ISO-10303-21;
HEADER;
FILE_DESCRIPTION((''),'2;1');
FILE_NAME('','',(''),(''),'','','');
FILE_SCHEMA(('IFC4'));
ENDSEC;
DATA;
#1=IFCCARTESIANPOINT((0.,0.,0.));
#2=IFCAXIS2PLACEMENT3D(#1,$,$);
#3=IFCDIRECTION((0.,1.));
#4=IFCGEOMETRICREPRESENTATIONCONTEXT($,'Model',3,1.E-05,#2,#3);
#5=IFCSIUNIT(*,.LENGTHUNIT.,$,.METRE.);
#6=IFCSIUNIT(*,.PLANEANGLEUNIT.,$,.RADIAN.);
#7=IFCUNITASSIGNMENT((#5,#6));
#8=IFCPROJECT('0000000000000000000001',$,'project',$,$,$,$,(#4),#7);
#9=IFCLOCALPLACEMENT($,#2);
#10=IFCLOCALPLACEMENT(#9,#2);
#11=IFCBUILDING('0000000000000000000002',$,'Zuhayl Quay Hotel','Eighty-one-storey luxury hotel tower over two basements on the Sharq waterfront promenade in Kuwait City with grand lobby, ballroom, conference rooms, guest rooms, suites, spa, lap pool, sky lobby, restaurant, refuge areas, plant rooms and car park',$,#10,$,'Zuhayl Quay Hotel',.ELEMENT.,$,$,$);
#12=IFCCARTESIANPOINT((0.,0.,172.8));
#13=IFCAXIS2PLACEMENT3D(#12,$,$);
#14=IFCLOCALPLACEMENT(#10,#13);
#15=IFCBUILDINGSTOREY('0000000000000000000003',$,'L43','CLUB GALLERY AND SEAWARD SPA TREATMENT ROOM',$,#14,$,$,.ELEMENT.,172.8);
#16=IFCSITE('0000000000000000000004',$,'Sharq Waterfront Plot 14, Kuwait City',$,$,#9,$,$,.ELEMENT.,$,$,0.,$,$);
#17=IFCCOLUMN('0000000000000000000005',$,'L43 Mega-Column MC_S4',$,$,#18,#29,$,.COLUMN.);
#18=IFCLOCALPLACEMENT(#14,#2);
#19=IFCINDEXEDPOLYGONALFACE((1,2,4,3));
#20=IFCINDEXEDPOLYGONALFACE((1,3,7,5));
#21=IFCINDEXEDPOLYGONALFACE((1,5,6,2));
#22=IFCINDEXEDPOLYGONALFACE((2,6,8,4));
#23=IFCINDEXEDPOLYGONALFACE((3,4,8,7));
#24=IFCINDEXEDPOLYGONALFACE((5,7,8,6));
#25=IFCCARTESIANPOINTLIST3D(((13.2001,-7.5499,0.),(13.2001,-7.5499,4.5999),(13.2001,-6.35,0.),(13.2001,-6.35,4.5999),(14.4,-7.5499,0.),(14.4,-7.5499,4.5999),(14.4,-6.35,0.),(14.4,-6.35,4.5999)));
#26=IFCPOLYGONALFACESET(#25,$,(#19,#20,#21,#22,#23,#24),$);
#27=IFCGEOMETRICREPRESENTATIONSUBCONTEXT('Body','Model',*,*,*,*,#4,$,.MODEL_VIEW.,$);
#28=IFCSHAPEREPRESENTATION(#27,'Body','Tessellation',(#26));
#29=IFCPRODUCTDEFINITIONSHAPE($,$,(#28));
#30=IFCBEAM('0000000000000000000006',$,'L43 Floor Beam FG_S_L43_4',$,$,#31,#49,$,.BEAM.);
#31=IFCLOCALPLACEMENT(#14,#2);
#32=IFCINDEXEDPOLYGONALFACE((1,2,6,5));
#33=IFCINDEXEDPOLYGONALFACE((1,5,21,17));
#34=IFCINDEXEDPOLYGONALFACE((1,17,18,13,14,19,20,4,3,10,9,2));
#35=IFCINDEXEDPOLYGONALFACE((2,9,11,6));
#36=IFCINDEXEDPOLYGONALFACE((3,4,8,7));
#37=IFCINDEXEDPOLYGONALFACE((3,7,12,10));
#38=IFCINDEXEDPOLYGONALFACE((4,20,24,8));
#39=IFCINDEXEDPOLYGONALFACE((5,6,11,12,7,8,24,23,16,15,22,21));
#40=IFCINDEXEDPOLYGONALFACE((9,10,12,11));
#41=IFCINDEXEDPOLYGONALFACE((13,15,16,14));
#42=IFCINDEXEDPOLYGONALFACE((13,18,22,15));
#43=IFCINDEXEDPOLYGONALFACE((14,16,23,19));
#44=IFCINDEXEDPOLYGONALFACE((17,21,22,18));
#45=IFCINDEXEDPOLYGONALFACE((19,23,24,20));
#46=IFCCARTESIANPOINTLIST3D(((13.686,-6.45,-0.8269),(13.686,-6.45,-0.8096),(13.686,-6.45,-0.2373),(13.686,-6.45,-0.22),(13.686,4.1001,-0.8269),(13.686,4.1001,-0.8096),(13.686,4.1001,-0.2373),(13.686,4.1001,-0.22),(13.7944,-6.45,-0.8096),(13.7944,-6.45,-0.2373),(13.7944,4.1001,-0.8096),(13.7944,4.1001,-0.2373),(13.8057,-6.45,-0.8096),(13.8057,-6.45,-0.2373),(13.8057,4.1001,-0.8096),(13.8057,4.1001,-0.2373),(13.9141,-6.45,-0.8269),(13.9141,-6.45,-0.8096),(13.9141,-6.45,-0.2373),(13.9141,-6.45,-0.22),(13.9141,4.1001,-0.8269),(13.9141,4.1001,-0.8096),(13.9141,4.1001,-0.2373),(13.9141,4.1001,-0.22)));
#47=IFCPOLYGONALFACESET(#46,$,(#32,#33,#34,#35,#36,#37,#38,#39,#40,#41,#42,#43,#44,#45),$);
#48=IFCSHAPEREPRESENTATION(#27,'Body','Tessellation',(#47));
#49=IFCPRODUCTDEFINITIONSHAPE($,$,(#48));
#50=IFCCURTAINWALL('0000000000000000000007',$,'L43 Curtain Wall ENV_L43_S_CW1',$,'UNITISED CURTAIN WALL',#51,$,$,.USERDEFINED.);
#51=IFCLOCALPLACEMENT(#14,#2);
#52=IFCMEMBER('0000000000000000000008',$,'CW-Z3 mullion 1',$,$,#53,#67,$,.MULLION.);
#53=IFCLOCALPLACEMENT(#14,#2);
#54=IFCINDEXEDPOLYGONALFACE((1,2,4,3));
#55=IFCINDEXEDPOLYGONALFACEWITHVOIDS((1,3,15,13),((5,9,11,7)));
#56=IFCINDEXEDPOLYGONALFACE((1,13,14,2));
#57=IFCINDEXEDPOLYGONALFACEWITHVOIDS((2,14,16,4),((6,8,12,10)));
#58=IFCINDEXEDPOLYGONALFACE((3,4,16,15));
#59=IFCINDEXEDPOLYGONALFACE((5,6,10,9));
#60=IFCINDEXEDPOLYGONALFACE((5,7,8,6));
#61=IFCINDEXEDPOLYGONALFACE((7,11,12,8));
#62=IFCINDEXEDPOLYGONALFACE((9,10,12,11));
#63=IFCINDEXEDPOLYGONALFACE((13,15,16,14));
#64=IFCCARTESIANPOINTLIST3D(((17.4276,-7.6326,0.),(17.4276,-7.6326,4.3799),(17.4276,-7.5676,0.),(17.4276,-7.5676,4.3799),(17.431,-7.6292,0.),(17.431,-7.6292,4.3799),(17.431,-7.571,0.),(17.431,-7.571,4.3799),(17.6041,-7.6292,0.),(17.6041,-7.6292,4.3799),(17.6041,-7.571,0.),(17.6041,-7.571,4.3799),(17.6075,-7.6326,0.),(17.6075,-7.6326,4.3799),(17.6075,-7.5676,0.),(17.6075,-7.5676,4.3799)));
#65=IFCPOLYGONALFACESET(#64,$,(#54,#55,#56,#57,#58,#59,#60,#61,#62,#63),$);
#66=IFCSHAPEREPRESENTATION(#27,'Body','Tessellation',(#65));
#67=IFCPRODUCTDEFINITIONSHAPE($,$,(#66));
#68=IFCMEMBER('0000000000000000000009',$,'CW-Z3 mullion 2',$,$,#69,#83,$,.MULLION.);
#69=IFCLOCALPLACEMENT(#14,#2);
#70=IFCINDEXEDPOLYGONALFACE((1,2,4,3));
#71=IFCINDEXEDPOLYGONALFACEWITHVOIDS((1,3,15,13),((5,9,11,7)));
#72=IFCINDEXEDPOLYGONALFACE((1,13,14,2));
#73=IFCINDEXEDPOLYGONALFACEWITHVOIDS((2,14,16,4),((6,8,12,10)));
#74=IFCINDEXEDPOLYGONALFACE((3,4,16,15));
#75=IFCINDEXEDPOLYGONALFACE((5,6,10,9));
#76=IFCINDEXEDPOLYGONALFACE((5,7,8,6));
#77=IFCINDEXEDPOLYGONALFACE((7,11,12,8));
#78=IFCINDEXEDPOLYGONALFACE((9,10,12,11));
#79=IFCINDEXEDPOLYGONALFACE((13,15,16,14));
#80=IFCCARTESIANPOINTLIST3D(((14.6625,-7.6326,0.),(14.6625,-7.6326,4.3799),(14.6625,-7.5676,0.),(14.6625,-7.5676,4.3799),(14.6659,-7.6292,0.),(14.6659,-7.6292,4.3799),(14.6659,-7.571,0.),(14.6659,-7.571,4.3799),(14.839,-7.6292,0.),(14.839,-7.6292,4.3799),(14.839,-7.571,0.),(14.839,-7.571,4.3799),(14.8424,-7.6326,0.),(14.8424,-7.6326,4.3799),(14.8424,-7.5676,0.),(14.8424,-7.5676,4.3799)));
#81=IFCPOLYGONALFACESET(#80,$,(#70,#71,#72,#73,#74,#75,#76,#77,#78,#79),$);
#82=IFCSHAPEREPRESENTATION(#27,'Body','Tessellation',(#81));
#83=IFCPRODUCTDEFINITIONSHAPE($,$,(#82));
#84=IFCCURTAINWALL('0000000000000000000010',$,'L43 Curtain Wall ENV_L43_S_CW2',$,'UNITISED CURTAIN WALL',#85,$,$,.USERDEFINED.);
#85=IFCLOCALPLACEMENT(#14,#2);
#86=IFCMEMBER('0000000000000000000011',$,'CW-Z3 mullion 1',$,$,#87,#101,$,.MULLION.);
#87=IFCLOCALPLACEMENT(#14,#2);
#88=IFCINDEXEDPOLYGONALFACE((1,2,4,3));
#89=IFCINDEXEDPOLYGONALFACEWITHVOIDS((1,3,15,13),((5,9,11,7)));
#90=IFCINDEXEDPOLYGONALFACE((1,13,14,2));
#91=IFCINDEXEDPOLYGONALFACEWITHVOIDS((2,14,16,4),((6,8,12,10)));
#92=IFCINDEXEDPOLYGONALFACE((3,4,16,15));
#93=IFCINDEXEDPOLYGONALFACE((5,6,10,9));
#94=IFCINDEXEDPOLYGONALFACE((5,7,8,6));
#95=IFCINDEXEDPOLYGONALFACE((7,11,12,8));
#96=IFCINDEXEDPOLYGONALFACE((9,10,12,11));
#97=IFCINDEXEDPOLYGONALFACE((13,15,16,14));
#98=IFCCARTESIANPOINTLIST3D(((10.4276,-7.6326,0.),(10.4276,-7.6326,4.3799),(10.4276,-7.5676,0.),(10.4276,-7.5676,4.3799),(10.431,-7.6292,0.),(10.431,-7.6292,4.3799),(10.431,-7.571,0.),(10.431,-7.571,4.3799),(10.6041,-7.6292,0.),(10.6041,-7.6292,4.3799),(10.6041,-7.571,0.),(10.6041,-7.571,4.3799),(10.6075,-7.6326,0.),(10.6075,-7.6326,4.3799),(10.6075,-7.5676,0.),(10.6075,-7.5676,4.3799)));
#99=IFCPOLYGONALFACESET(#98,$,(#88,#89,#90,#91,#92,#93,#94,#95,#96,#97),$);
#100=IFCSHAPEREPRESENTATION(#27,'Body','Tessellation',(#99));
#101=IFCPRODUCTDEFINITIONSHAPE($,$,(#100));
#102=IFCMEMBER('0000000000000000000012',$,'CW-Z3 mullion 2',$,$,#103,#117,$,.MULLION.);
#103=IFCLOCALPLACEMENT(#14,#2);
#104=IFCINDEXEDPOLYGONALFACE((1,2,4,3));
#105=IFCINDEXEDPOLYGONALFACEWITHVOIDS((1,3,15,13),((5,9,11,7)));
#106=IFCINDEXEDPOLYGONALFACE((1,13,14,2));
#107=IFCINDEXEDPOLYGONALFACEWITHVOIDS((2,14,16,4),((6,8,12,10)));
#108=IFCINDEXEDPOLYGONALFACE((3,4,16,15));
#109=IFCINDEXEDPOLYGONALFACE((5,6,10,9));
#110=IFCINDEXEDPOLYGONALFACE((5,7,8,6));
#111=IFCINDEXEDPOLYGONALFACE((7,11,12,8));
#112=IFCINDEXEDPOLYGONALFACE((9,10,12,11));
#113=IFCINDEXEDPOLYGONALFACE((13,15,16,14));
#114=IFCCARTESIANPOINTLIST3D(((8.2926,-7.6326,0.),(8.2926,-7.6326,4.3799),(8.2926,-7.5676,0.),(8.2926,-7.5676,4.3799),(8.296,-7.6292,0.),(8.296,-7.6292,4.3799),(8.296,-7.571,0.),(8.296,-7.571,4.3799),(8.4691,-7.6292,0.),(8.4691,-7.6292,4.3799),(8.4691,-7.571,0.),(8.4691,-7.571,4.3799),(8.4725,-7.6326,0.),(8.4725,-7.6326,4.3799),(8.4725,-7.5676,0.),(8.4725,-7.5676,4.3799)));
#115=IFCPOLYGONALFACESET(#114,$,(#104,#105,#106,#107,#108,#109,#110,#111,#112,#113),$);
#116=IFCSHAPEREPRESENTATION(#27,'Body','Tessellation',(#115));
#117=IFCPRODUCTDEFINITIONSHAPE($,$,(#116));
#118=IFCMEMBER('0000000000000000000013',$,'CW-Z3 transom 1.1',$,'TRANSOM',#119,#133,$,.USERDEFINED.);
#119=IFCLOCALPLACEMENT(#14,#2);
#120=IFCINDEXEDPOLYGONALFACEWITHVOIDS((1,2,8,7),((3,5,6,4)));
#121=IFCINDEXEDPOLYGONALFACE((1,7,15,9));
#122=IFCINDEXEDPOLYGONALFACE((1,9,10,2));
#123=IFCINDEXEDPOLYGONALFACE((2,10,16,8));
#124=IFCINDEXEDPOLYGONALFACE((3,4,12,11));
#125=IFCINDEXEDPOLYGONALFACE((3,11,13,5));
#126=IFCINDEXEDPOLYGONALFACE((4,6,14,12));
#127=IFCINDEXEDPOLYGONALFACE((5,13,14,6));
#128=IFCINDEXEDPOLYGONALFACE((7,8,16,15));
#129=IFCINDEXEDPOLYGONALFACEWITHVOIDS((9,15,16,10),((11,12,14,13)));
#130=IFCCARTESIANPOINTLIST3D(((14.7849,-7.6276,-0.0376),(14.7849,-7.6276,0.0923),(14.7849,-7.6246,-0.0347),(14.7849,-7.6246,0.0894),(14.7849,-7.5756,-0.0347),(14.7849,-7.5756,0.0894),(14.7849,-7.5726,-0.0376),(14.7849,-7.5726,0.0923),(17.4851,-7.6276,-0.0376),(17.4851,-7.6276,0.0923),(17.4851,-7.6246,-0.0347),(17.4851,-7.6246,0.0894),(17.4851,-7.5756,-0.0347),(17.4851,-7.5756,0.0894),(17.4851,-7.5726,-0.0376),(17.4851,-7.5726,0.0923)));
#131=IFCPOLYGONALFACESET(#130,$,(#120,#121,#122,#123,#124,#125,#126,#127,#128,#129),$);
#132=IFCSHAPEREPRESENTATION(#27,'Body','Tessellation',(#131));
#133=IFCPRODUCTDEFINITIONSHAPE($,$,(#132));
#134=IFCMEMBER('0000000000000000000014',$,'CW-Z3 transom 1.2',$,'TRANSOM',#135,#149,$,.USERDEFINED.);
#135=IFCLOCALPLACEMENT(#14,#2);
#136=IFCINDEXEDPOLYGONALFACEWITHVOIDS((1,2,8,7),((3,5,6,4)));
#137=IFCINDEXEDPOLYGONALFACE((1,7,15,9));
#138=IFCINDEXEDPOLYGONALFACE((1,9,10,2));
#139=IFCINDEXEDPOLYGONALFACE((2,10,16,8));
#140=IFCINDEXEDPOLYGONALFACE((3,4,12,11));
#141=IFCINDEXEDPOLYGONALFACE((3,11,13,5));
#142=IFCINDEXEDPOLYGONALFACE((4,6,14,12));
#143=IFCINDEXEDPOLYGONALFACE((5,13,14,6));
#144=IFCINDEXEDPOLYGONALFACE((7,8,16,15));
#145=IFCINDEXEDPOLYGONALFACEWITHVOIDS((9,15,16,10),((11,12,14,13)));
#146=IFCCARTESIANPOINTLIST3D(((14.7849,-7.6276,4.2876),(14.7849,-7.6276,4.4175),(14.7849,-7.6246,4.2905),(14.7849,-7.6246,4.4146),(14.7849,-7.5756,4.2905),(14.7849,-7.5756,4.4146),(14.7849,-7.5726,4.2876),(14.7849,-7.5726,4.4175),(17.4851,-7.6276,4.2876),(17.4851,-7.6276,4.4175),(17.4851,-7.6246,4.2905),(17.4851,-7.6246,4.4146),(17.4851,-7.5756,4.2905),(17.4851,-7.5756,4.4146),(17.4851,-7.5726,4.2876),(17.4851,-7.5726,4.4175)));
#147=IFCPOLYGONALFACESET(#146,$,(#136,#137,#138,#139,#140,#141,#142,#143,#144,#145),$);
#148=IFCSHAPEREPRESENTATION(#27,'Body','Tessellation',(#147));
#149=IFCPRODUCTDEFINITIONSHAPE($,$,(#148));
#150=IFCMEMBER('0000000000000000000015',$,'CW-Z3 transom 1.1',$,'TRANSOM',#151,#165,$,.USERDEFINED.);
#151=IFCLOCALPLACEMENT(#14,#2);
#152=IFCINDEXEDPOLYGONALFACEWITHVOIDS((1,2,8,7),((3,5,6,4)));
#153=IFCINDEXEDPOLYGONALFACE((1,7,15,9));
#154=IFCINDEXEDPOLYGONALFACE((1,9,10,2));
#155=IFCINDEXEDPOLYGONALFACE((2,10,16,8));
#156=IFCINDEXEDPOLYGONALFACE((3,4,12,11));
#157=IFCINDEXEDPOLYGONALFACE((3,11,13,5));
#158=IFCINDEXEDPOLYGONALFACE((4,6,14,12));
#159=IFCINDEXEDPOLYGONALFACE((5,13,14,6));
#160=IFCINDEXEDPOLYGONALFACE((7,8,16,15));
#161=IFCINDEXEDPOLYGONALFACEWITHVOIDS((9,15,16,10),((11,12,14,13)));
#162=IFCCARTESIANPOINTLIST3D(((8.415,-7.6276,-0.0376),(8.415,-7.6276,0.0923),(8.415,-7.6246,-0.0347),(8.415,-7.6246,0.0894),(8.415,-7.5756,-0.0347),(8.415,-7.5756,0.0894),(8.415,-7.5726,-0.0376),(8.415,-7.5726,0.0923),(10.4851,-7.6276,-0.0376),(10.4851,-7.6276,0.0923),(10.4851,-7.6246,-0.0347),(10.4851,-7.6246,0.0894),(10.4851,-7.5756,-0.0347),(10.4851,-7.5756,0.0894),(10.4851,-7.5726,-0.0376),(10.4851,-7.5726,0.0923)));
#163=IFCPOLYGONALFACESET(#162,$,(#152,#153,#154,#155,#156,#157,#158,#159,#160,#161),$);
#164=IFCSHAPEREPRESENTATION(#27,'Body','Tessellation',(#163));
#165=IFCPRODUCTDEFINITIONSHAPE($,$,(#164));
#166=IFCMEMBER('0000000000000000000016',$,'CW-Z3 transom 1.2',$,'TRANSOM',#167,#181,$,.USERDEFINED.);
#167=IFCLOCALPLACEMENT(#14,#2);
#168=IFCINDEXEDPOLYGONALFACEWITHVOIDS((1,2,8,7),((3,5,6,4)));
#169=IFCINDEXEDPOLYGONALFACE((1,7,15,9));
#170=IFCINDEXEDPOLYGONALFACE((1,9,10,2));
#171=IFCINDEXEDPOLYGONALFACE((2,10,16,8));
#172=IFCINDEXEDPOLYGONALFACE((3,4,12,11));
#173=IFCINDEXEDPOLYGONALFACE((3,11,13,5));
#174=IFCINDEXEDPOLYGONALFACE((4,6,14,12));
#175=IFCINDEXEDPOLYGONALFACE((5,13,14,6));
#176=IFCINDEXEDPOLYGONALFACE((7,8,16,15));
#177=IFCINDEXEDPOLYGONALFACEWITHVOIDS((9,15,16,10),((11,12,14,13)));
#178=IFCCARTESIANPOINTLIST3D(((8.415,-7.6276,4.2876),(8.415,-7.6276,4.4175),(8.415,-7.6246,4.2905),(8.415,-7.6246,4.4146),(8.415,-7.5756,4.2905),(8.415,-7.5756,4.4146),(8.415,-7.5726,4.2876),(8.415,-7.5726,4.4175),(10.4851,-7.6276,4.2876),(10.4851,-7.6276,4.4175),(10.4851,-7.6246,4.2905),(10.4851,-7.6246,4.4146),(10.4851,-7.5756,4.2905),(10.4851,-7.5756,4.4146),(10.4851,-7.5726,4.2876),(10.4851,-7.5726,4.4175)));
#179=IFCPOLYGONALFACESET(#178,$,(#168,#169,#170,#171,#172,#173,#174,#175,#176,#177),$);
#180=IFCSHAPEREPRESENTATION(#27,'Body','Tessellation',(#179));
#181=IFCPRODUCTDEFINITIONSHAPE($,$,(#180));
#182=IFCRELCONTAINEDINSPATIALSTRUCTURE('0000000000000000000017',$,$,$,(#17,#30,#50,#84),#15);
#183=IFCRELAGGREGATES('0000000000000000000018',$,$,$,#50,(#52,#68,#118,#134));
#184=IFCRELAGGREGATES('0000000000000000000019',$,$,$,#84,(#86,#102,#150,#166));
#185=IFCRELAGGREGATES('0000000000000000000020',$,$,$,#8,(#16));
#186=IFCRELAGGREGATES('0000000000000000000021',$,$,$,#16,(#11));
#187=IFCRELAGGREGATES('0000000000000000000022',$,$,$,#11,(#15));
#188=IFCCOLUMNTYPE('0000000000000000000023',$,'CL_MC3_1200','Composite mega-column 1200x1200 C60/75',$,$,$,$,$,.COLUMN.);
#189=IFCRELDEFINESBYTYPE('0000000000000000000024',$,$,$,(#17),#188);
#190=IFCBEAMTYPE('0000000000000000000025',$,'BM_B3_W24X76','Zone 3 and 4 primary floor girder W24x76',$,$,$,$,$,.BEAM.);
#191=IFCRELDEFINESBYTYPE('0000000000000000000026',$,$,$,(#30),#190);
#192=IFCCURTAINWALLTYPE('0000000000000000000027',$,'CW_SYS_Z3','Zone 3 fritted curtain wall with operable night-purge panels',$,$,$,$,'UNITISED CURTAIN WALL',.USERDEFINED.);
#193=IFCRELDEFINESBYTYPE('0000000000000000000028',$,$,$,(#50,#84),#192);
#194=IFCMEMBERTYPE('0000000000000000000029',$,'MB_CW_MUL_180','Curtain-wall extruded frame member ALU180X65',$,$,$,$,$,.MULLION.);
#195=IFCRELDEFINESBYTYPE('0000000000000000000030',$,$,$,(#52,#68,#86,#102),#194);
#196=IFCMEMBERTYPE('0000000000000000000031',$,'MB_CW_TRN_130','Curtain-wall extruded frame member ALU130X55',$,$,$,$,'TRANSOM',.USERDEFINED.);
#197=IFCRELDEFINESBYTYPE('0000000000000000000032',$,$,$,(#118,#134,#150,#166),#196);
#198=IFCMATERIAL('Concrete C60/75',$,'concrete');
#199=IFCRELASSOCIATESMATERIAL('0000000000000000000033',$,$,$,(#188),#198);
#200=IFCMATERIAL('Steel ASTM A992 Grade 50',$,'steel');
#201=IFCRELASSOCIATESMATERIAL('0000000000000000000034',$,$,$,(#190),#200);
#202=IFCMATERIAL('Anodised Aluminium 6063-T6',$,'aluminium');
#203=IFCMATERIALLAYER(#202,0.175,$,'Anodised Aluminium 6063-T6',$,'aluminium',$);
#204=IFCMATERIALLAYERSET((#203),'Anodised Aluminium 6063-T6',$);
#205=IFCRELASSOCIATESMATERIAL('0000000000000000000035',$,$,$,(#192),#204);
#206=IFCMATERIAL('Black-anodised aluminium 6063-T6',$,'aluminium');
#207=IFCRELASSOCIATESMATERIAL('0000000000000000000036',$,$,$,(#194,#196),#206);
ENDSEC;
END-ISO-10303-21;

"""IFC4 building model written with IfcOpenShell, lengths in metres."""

from ifc_helpers import new_model, si_unit, direction, frame, origin, origin_2d, place, context, subcontext, project, spatial, rectangle, hollow_rectangle, i_section, extrude, material, layer, layer_set, material_profile, profile_set, type_object, element, aggregate, save


model = new_model("IFC4")

# Units and contexts
model_context = context("Model", 3, precision=1e-05, world=origin(), true_north=direction((0.0, 1.0)))
body_context = subcontext(model_context, "Body", "Model", "MODEL_VIEW")
ifc_project = project(units=[si_unit("LENGTHUNIT", "METRE"), si_unit("PLANEANGLEUNIT", "RADIAN")], contexts=[model_context])

# Site, building, storey
site_placement = place(None, origin())
site = spatial("IfcSite", under=ifc_project, at=site_placement, Name="Sharq Waterfront Plot 14, Kuwait City", CompositionType="ELEMENT", RefElevation=0.0)
building_placement = place(site_placement, origin())
building = spatial("IfcBuilding", under=site, at=building_placement, Name="Zuhayl Quay Hotel", Description="Eighty-one-storey luxury hotel tower over two basements on the Sharq waterfront promenade in Kuwait City with grand lobby, ballroom, conference rooms, guest rooms, suites, spa, lap pool, sky lobby, restaurant, refuge areas, plant rooms and car park", LongName="Zuhayl Quay Hotel", CompositionType="ELEMENT")
storey_placement = place(building_placement, frame((0.0, 0.0, 172.8)))
storey = spatial("IfcBuildingStorey", under=building, at=storey_placement, Name="L43", Description="CLUB GALLERY AND SEAWARD SPA TREATMENT ROOM", CompositionType="ELEMENT", Elevation=172.8)

# Column
ifc_material_1 = material(Name="Concrete C60/75", Category="concrete")
ifc_material_profile_1 = material_profile(ifc_material_1, rectangle(XDim=1.2, YDim=1.2, at=origin_2d()), Name="RC1200X1200")
ifc_profile_set_1 = profile_set([ifc_material_profile_1], Name="Concrete C60/75")
column_type = type_object("IfcColumnType", Name="CL_MC3_1200", Description="Composite mega-column 1200x1200 C60/75", PredefinedType="COLUMN", material=ifc_profile_set_1)
column_placement = place(storey_placement, frame((13.8, -6.95, 0.0), z_axis=(0.0, 0.0, 1.0), x_axis=(1.0, 0.0, 0.0)))
element("IfcColumn", 1, at=column_placement, inside=storey, type_object=column_type, Name="L43 Mega-Column MC_S4", PredefinedType="COLUMN", context=body_context, shape_type="SweptSolid", body=[
    extrude(rectangle(XDim=1.2, YDim=1.2, at=origin_2d()), origin(), (0.0, 0.0, 1.0), 4.5999),
])

# Beam
ifc_material_2 = material(Name="Steel ASTM A992 Grade 50", Category="steel")
ifc_material_profile_2 = material_profile(ifc_material_2, i_section(OverallWidth=0.228, OverallDepth=0.6069, WebThickness=0.0112, FlangeThickness=0.0173, at=origin_2d()), Name="W24X76")
ifc_profile_set_2 = profile_set([ifc_material_profile_2], Name="Steel ASTM A992 Grade 50")
beam_type = type_object("IfcBeamType", Name="BM_B3_W24X76", Description="Zone 3 and 4 primary floor girder W24x76", PredefinedType="BEAM", material=ifc_profile_set_2)
beam_placement = place(storey_placement, frame((13.8, -6.45, -0.5234), z_axis=(0.0, 1.0, 0.0), x_axis=(-1.0, 0.0, 0.0)))
element("IfcBeam", 2, at=beam_placement, inside=storey, type_object=beam_type, Name="L43 Floor Beam FG_S_L43_4", PredefinedType="BEAM", context=body_context, shape_type="SweptSolid", body=[
    extrude(i_section(OverallWidth=0.228, OverallDepth=0.6069, WebThickness=0.0112, FlangeThickness=0.0173, at=origin_2d()), origin(), (0.0, 0.0, 1.0), 10.55),
])

# Curtain walls, members
ifc_material_3 = material(Name="Anodised Aluminium 6063-T6", Category="aluminium")
ifc_layer_1 = layer(ifc_material_3, 0.175, Name="Anodised Aluminium 6063-T6", Category="aluminium")
ifc_layer_set_1 = layer_set([ifc_layer_1], Name="Anodised Aluminium 6063-T6")
curtain_wall_type = type_object("IfcCurtainWallType", Name="CW_SYS_Z3", Description="Zone 3 fritted curtain wall with operable night-purge panels", ElementType="UNITISED CURTAIN WALL", PredefinedType="USERDEFINED", material=ifc_layer_set_1)
curtain_wall_1_placement = place(storey_placement, origin())
curtain_wall_1 = element("IfcCurtainWall", 3, at=curtain_wall_1_placement, inside=storey, type_object=curtain_wall_type, Name="L43 Curtain Wall ENV_L43_S_CW1", ObjectType="UNITISED CURTAIN WALL", PredefinedType="USERDEFINED")
ifc_material_4 = material(Name="Black-anodised aluminium 6063-T6", Category="aluminium")
ifc_material_profile_3 = material_profile(ifc_material_4, hollow_rectangle(XDim=0.0649, YDim=0.1799, WallThickness=0.0034, at=origin_2d()), Name="ALU180X65")
ifc_profile_set_3 = profile_set([ifc_material_profile_3], Name="Black-anodised aluminium 6063-T6")
member_type_1 = type_object("IfcMemberType", Name="MB_CW_MUL_180", Description="Curtain-wall extruded frame member ALU180X65", PredefinedType="MULLION", material=ifc_profile_set_3)
member_1_placement = place(storey_placement, frame((17.5176, -7.6001, 0.0), z_axis=(0.0, 0.0, 1.0), x_axis=(0.0, -1.0, 0.0)))
member_1 = element("IfcMember", 4, at=member_1_placement, type_object=member_type_1, Name="CW-Z3 mullion 1", PredefinedType="MULLION", context=body_context, shape_type="SweptSolid", body=[
    extrude(hollow_rectangle(XDim=0.0649, YDim=0.1799, WallThickness=0.0034, at=origin_2d()), origin(), (0.0, 0.0, 1.0), 4.3799),
])
member_2_placement = place(storey_placement, frame((14.7524, -7.6001, 0.0), z_axis=(0.0, 0.0, 1.0), x_axis=(0.0, -1.0, 0.0)))
member_2 = element("IfcMember", 5, at=member_2_placement, type_object=member_type_1, Name="CW-Z3 mullion 2", PredefinedType="MULLION", context=body_context, shape_type="SweptSolid", body=[
    extrude(hollow_rectangle(XDim=0.0649, YDim=0.1799, WallThickness=0.0034, at=origin_2d()), origin(), (0.0, 0.0, 1.0), 4.3799),
])
curtain_wall_2_placement = place(storey_placement, origin())
curtain_wall_2 = element("IfcCurtainWall", 6, at=curtain_wall_2_placement, inside=storey, type_object=curtain_wall_type, Name="L43 Curtain Wall ENV_L43_S_CW2", ObjectType="UNITISED CURTAIN WALL", PredefinedType="USERDEFINED")
member_3_placement = place(storey_placement, frame((10.5176, -7.6001, 0.0), z_axis=(0.0, 0.0, 1.0), x_axis=(0.0, -1.0, 0.0)))
member_3 = element("IfcMember", 7, at=member_3_placement, type_object=member_type_1, Name="CW-Z3 mullion 1", PredefinedType="MULLION", context=body_context, shape_type="SweptSolid", body=[
    extrude(hollow_rectangle(XDim=0.0649, YDim=0.1799, WallThickness=0.0034, at=origin_2d()), origin(), (0.0, 0.0, 1.0), 4.3799),
])
member_4_placement = place(storey_placement, frame((8.3826, -7.6001, 0.0), z_axis=(0.0, 0.0, 1.0), x_axis=(0.0, -1.0, 0.0)))
member_4 = element("IfcMember", 8, at=member_4_placement, type_object=member_type_1, Name="CW-Z3 mullion 2", PredefinedType="MULLION", context=body_context, shape_type="SweptSolid", body=[
    extrude(hollow_rectangle(XDim=0.0649, YDim=0.1799, WallThickness=0.0034, at=origin_2d()), origin(), (0.0, 0.0, 1.0), 4.3799),
])

# Members
ifc_material_profile_4 = material_profile(ifc_material_4, hollow_rectangle(XDim=0.0549, YDim=0.1299, WallThickness=0.0029, at=origin_2d()), Name="ALU130X55")
ifc_profile_set_4 = profile_set([ifc_material_profile_4], Name="Black-anodised aluminium 6063-T6")
member_type_2 = type_object("IfcMemberType", Name="MB_CW_TRN_130", Description="Curtain-wall extruded frame member ALU130X55", ElementType="TRANSOM", PredefinedType="USERDEFINED", material=ifc_profile_set_4)
member_5_placement = place(storey_placement, frame((17.4851, -7.6001, 0.0273), z_axis=(-1.0, 0.0, 0.0), x_axis=(0.0, -1.0, 0.0)))
member_5 = element("IfcMember", 9, at=member_5_placement, type_object=member_type_2, Name="CW-Z3 transom 1.1", ObjectType="TRANSOM", PredefinedType="USERDEFINED", context=body_context, shape_type="SweptSolid", body=[
    extrude(hollow_rectangle(XDim=0.0549, YDim=0.1299, WallThickness=0.0029, at=origin_2d()), origin(), (0.0, 0.0, 1.0), 2.7002),
])
member_6_placement = place(storey_placement, frame((17.4851, -7.6001, 4.3525), z_axis=(-1.0, 0.0, 0.0), x_axis=(0.0, -1.0, 0.0)))
member_6 = element("IfcMember", 10, at=member_6_placement, type_object=member_type_2, Name="CW-Z3 transom 1.2", ObjectType="TRANSOM", PredefinedType="USERDEFINED", context=body_context, shape_type="SweptSolid", body=[
    extrude(hollow_rectangle(XDim=0.0549, YDim=0.1299, WallThickness=0.0029, at=origin_2d()), origin(), (0.0, 0.0, 1.0), 2.7002),
])
member_7_placement = place(storey_placement, frame((10.4851, -7.6001, 0.0273), z_axis=(-1.0, 0.0, 0.0), x_axis=(0.0, -1.0, 0.0)))
member_7 = element("IfcMember", 11, at=member_7_placement, type_object=member_type_2, Name="CW-Z3 transom 1.1", ObjectType="TRANSOM", PredefinedType="USERDEFINED", context=body_context, shape_type="SweptSolid", body=[
    extrude(hollow_rectangle(XDim=0.0549, YDim=0.1299, WallThickness=0.0029, at=origin_2d()), origin(), (0.0, 0.0, 1.0), 2.0701),
])
member_8_placement = place(storey_placement, frame((10.4851, -7.6001, 4.3525), z_axis=(-1.0, 0.0, 0.0), x_axis=(0.0, -1.0, 0.0)))
member_8 = element("IfcMember", 12, at=member_8_placement, type_object=member_type_2, Name="CW-Z3 transom 1.2", ObjectType="TRANSOM", PredefinedType="USERDEFINED", context=body_context, shape_type="SweptSolid", body=[
    extrude(hollow_rectangle(XDim=0.0549, YDim=0.1299, WallThickness=0.0029, at=origin_2d()), origin(), (0.0, 0.0, 1.0), 2.0701),
])

aggregate(curtain_wall_1, [member_1, member_2, member_5, member_6])
aggregate(curtain_wall_2, [member_3, member_4, member_7, member_8])

save(model, "model.ifc")
